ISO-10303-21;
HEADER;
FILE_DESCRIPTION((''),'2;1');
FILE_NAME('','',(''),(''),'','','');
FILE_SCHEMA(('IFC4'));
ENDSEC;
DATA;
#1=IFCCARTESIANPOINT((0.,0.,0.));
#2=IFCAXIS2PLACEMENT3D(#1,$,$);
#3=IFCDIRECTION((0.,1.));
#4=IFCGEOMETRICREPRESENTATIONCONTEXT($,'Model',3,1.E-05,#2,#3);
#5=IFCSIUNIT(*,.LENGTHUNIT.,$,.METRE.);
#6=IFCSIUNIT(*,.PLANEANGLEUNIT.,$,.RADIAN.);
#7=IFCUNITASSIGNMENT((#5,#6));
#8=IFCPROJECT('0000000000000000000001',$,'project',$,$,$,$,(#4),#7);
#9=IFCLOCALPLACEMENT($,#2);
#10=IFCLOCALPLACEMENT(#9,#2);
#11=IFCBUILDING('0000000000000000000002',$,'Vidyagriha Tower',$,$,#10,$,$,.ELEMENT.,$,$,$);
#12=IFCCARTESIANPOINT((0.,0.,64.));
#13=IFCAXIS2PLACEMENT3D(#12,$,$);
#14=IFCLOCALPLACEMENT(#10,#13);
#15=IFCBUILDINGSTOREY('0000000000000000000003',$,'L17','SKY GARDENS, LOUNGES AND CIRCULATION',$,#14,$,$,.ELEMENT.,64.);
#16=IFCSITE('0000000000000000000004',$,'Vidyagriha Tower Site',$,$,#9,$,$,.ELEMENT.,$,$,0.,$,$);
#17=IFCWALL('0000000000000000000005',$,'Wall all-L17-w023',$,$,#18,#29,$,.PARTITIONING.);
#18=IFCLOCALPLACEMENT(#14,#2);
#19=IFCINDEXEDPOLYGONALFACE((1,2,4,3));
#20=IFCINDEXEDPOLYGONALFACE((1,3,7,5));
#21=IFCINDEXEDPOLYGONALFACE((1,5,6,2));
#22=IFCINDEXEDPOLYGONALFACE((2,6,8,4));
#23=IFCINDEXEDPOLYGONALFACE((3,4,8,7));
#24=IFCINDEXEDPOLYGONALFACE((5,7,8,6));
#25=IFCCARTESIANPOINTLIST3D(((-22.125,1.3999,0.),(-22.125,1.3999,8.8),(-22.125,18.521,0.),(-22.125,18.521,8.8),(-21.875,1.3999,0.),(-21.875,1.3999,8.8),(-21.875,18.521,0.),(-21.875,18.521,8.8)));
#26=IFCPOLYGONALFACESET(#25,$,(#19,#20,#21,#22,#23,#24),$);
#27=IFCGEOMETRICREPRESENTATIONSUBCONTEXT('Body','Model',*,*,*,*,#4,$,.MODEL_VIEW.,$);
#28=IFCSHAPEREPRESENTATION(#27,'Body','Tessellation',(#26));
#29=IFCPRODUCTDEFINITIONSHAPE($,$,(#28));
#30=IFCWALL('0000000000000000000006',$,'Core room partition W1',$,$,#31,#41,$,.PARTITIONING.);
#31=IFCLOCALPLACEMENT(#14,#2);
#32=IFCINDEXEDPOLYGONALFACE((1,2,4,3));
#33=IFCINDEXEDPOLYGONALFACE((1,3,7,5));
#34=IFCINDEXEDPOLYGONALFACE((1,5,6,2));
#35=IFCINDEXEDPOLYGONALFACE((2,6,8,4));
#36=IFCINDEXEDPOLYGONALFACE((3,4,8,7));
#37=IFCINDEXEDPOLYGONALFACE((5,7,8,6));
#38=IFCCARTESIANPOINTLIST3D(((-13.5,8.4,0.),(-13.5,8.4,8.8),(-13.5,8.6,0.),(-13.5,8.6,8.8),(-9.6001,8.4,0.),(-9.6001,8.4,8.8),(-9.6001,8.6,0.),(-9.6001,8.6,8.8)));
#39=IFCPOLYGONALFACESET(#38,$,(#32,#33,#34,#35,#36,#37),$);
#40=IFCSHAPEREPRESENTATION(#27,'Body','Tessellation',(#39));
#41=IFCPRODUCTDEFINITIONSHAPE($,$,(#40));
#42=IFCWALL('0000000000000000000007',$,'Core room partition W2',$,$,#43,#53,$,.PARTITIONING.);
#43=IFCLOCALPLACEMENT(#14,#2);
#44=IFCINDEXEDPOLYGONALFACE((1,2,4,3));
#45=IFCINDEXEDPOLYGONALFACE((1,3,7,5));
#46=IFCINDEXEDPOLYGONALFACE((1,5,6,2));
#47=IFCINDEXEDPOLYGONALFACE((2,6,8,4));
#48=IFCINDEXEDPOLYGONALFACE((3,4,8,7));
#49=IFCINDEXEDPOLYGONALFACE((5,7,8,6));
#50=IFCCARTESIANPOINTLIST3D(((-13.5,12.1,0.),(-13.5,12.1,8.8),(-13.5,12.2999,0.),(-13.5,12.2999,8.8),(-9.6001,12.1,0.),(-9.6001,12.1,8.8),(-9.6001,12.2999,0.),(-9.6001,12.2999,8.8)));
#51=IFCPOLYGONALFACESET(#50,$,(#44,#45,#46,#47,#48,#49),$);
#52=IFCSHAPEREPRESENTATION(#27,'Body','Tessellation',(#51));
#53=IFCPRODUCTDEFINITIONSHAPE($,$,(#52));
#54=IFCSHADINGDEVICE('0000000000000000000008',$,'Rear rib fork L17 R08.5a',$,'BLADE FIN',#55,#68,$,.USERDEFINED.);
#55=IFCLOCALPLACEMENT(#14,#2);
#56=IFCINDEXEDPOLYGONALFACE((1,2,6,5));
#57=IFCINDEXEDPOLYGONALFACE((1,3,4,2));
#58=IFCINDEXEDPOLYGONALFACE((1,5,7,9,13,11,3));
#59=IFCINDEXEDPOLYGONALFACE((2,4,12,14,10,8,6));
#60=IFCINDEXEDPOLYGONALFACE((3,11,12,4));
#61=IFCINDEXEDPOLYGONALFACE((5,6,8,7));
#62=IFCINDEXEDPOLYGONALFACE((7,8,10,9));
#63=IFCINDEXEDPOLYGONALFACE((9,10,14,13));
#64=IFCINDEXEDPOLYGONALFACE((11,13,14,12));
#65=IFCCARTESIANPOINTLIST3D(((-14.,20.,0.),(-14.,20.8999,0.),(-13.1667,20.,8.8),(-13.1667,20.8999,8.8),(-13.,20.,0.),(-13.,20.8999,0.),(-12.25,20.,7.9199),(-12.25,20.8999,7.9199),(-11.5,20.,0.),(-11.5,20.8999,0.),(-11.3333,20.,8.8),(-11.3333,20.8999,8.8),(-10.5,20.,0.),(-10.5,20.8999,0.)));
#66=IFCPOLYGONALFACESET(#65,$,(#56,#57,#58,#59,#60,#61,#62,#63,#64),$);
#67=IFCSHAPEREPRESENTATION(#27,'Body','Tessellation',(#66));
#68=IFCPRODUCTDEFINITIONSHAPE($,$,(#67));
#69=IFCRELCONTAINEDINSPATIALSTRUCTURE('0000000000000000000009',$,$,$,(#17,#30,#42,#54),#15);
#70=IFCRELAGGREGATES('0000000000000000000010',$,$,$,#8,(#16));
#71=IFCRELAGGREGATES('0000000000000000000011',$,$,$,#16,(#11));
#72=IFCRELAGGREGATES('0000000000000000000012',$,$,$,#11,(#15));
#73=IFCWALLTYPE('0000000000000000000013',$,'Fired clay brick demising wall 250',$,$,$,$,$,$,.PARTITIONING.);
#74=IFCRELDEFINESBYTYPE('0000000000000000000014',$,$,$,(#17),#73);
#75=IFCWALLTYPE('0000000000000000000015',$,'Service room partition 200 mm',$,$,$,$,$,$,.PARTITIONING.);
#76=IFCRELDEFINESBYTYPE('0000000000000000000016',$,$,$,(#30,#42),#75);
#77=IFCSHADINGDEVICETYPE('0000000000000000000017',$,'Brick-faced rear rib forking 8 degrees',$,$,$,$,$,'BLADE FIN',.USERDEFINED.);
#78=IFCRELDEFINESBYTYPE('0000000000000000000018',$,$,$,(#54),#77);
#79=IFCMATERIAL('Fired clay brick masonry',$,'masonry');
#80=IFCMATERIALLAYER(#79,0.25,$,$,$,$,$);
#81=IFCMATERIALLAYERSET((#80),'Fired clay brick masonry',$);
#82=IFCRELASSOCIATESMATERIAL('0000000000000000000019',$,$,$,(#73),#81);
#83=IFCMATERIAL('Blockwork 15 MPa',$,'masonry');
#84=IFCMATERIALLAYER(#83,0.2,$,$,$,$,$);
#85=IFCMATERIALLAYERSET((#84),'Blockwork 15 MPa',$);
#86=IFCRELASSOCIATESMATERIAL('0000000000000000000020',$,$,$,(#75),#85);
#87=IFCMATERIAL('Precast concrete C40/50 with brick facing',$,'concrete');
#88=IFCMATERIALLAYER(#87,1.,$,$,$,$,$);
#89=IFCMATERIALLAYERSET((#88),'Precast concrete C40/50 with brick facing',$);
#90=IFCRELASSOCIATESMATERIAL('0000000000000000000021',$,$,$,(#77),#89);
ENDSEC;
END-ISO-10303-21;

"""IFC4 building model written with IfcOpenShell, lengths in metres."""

from ifc_helpers import new_model, si_unit, direction, frame, frame_2d, origin, place, context, subcontext, project, spatial, polyline, rectangle, outline, extrude, material, layer, layer_set, type_object, element, save


model = new_model("IFC4")

# Units and contexts
model_context = context("Model", 3, precision=1e-05, world=origin(), true_north=direction((0.0, 1.0)))
body_context = subcontext(model_context, "Body", "Model", "MODEL_VIEW")
ifc_project = project(units=[si_unit("LENGTHUNIT", "METRE"), si_unit("PLANEANGLEUNIT", "RADIAN")], contexts=[model_context])

# Site, building, storey
site_placement = place(None, origin())
site = spatial("IfcSite", under=ifc_project, at=site_placement, Name="Vidyagriha Tower Site", CompositionType="ELEMENT", RefElevation=0.0)
building_placement = place(site_placement, origin())
building = spatial("IfcBuilding", under=site, at=building_placement, Name="Vidyagriha Tower", CompositionType="ELEMENT")
storey_placement = place(building_placement, frame((0.0, 0.0, 64.0)))
storey = spatial("IfcBuildingStorey", under=building, at=storey_placement, Name="L17", Description="SKY GARDENS, LOUNGES AND CIRCULATION", CompositionType="ELEMENT", Elevation=64.0)

# Walls
ifc_material_1 = material(Name="Fired clay brick masonry", Category="masonry")
ifc_layer_1 = layer(ifc_material_1, 0.25)
ifc_layer_set_1 = layer_set([ifc_layer_1], Name="Fired clay brick masonry")
wall_type_1 = type_object("IfcWallType", Name="Fired clay brick demising wall 250", PredefinedType="PARTITIONING", material=ifc_layer_set_1)
wall_1_placement = place(storey_placement, frame((-22.0, 18.521, 0.0), z_axis=(0.0, 0.0, 1.0), x_axis=(0.0, -1.0, 0.0)))
element("IfcWall", 1, at=wall_1_placement, inside=storey, type_object=wall_type_1, Name="Wall all-L17-w023", PredefinedType="PARTITIONING", context=body_context, shape_type="SweptSolid", body=[
    extrude(rectangle(XDim=17.1211, YDim=0.25, at=frame_2d((8.5605, 0.0))), origin(), (0.0, 0.0, 1.0), 8.8),
])
ifc_material_2 = material(Name="Blockwork 15 MPa", Category="masonry")
ifc_layer_2 = layer(ifc_material_2, 0.2)
ifc_layer_set_2 = layer_set([ifc_layer_2], Name="Blockwork 15 MPa")
wall_type_2 = type_object("IfcWallType", Name="Service room partition 200 mm", PredefinedType="PARTITIONING", material=ifc_layer_set_2)
for number, where, name in (
    (2, (-13.5, 8.5, 0.0), "Core room partition W1"),
    (3, (-13.5, 12.2, 0.0), "Core room partition W2"),
):
    element("IfcWall", number, at=place(storey_placement, frame(where)), inside=storey, type_object=wall_type_2, Name=name, PredefinedType="PARTITIONING", context=body_context, shape_type="SweptSolid", body=[
        extrude(rectangle(XDim=3.8999, YDim=0.2, at=frame_2d((1.95, 0.0))), origin(), (0.0, 0.0, 1.0), 8.8),
    ])

# Shading device
ifc_material_3 = material(Name="Precast concrete C40/50 with brick facing", Category="concrete")
ifc_layer_3 = layer(ifc_material_3, 1.0)
ifc_layer_set_3 = layer_set([ifc_layer_3], Name="Precast concrete C40/50 with brick facing")
shading_device_type = type_object("IfcShadingDeviceType", Name="Brick-faced rear rib forking 8 degrees", ElementType="BLADE FIN", PredefinedType="USERDEFINED", material=ifc_layer_set_3)
shading_device_placement = place(storey_placement, frame((-10.5, 20.45, 0.0), z_axis=(0.0, 0.0, 1.0), x_axis=(-1.0, 0.0, 0.0)))
element("IfcShadingDevice", 4, at=shading_device_placement, inside=storey, type_object=shading_device_type, Name="Rear rib fork L17 R08.5a", ObjectType="BLADE FIN", PredefinedType="USERDEFINED", context=body_context, shape_type="SweptSolid", body=[
    extrude(outline(polyline([(1.0, 0.0), (1.75, 7.9199), (2.5, 0.0), (3.5, 0.0), (2.6667, 8.8), (0.8333, 8.8), (0.0, 0.0), (1.0, 0.0)])), frame((0.0, 0.45, 0.0), z_axis=(0.0, -1.0, 0.0), x_axis=(1.0, 0.0, 0.0)), (0.0, 0.0, 1.0), 0.8999),
])

save(model, "model.ifc")
